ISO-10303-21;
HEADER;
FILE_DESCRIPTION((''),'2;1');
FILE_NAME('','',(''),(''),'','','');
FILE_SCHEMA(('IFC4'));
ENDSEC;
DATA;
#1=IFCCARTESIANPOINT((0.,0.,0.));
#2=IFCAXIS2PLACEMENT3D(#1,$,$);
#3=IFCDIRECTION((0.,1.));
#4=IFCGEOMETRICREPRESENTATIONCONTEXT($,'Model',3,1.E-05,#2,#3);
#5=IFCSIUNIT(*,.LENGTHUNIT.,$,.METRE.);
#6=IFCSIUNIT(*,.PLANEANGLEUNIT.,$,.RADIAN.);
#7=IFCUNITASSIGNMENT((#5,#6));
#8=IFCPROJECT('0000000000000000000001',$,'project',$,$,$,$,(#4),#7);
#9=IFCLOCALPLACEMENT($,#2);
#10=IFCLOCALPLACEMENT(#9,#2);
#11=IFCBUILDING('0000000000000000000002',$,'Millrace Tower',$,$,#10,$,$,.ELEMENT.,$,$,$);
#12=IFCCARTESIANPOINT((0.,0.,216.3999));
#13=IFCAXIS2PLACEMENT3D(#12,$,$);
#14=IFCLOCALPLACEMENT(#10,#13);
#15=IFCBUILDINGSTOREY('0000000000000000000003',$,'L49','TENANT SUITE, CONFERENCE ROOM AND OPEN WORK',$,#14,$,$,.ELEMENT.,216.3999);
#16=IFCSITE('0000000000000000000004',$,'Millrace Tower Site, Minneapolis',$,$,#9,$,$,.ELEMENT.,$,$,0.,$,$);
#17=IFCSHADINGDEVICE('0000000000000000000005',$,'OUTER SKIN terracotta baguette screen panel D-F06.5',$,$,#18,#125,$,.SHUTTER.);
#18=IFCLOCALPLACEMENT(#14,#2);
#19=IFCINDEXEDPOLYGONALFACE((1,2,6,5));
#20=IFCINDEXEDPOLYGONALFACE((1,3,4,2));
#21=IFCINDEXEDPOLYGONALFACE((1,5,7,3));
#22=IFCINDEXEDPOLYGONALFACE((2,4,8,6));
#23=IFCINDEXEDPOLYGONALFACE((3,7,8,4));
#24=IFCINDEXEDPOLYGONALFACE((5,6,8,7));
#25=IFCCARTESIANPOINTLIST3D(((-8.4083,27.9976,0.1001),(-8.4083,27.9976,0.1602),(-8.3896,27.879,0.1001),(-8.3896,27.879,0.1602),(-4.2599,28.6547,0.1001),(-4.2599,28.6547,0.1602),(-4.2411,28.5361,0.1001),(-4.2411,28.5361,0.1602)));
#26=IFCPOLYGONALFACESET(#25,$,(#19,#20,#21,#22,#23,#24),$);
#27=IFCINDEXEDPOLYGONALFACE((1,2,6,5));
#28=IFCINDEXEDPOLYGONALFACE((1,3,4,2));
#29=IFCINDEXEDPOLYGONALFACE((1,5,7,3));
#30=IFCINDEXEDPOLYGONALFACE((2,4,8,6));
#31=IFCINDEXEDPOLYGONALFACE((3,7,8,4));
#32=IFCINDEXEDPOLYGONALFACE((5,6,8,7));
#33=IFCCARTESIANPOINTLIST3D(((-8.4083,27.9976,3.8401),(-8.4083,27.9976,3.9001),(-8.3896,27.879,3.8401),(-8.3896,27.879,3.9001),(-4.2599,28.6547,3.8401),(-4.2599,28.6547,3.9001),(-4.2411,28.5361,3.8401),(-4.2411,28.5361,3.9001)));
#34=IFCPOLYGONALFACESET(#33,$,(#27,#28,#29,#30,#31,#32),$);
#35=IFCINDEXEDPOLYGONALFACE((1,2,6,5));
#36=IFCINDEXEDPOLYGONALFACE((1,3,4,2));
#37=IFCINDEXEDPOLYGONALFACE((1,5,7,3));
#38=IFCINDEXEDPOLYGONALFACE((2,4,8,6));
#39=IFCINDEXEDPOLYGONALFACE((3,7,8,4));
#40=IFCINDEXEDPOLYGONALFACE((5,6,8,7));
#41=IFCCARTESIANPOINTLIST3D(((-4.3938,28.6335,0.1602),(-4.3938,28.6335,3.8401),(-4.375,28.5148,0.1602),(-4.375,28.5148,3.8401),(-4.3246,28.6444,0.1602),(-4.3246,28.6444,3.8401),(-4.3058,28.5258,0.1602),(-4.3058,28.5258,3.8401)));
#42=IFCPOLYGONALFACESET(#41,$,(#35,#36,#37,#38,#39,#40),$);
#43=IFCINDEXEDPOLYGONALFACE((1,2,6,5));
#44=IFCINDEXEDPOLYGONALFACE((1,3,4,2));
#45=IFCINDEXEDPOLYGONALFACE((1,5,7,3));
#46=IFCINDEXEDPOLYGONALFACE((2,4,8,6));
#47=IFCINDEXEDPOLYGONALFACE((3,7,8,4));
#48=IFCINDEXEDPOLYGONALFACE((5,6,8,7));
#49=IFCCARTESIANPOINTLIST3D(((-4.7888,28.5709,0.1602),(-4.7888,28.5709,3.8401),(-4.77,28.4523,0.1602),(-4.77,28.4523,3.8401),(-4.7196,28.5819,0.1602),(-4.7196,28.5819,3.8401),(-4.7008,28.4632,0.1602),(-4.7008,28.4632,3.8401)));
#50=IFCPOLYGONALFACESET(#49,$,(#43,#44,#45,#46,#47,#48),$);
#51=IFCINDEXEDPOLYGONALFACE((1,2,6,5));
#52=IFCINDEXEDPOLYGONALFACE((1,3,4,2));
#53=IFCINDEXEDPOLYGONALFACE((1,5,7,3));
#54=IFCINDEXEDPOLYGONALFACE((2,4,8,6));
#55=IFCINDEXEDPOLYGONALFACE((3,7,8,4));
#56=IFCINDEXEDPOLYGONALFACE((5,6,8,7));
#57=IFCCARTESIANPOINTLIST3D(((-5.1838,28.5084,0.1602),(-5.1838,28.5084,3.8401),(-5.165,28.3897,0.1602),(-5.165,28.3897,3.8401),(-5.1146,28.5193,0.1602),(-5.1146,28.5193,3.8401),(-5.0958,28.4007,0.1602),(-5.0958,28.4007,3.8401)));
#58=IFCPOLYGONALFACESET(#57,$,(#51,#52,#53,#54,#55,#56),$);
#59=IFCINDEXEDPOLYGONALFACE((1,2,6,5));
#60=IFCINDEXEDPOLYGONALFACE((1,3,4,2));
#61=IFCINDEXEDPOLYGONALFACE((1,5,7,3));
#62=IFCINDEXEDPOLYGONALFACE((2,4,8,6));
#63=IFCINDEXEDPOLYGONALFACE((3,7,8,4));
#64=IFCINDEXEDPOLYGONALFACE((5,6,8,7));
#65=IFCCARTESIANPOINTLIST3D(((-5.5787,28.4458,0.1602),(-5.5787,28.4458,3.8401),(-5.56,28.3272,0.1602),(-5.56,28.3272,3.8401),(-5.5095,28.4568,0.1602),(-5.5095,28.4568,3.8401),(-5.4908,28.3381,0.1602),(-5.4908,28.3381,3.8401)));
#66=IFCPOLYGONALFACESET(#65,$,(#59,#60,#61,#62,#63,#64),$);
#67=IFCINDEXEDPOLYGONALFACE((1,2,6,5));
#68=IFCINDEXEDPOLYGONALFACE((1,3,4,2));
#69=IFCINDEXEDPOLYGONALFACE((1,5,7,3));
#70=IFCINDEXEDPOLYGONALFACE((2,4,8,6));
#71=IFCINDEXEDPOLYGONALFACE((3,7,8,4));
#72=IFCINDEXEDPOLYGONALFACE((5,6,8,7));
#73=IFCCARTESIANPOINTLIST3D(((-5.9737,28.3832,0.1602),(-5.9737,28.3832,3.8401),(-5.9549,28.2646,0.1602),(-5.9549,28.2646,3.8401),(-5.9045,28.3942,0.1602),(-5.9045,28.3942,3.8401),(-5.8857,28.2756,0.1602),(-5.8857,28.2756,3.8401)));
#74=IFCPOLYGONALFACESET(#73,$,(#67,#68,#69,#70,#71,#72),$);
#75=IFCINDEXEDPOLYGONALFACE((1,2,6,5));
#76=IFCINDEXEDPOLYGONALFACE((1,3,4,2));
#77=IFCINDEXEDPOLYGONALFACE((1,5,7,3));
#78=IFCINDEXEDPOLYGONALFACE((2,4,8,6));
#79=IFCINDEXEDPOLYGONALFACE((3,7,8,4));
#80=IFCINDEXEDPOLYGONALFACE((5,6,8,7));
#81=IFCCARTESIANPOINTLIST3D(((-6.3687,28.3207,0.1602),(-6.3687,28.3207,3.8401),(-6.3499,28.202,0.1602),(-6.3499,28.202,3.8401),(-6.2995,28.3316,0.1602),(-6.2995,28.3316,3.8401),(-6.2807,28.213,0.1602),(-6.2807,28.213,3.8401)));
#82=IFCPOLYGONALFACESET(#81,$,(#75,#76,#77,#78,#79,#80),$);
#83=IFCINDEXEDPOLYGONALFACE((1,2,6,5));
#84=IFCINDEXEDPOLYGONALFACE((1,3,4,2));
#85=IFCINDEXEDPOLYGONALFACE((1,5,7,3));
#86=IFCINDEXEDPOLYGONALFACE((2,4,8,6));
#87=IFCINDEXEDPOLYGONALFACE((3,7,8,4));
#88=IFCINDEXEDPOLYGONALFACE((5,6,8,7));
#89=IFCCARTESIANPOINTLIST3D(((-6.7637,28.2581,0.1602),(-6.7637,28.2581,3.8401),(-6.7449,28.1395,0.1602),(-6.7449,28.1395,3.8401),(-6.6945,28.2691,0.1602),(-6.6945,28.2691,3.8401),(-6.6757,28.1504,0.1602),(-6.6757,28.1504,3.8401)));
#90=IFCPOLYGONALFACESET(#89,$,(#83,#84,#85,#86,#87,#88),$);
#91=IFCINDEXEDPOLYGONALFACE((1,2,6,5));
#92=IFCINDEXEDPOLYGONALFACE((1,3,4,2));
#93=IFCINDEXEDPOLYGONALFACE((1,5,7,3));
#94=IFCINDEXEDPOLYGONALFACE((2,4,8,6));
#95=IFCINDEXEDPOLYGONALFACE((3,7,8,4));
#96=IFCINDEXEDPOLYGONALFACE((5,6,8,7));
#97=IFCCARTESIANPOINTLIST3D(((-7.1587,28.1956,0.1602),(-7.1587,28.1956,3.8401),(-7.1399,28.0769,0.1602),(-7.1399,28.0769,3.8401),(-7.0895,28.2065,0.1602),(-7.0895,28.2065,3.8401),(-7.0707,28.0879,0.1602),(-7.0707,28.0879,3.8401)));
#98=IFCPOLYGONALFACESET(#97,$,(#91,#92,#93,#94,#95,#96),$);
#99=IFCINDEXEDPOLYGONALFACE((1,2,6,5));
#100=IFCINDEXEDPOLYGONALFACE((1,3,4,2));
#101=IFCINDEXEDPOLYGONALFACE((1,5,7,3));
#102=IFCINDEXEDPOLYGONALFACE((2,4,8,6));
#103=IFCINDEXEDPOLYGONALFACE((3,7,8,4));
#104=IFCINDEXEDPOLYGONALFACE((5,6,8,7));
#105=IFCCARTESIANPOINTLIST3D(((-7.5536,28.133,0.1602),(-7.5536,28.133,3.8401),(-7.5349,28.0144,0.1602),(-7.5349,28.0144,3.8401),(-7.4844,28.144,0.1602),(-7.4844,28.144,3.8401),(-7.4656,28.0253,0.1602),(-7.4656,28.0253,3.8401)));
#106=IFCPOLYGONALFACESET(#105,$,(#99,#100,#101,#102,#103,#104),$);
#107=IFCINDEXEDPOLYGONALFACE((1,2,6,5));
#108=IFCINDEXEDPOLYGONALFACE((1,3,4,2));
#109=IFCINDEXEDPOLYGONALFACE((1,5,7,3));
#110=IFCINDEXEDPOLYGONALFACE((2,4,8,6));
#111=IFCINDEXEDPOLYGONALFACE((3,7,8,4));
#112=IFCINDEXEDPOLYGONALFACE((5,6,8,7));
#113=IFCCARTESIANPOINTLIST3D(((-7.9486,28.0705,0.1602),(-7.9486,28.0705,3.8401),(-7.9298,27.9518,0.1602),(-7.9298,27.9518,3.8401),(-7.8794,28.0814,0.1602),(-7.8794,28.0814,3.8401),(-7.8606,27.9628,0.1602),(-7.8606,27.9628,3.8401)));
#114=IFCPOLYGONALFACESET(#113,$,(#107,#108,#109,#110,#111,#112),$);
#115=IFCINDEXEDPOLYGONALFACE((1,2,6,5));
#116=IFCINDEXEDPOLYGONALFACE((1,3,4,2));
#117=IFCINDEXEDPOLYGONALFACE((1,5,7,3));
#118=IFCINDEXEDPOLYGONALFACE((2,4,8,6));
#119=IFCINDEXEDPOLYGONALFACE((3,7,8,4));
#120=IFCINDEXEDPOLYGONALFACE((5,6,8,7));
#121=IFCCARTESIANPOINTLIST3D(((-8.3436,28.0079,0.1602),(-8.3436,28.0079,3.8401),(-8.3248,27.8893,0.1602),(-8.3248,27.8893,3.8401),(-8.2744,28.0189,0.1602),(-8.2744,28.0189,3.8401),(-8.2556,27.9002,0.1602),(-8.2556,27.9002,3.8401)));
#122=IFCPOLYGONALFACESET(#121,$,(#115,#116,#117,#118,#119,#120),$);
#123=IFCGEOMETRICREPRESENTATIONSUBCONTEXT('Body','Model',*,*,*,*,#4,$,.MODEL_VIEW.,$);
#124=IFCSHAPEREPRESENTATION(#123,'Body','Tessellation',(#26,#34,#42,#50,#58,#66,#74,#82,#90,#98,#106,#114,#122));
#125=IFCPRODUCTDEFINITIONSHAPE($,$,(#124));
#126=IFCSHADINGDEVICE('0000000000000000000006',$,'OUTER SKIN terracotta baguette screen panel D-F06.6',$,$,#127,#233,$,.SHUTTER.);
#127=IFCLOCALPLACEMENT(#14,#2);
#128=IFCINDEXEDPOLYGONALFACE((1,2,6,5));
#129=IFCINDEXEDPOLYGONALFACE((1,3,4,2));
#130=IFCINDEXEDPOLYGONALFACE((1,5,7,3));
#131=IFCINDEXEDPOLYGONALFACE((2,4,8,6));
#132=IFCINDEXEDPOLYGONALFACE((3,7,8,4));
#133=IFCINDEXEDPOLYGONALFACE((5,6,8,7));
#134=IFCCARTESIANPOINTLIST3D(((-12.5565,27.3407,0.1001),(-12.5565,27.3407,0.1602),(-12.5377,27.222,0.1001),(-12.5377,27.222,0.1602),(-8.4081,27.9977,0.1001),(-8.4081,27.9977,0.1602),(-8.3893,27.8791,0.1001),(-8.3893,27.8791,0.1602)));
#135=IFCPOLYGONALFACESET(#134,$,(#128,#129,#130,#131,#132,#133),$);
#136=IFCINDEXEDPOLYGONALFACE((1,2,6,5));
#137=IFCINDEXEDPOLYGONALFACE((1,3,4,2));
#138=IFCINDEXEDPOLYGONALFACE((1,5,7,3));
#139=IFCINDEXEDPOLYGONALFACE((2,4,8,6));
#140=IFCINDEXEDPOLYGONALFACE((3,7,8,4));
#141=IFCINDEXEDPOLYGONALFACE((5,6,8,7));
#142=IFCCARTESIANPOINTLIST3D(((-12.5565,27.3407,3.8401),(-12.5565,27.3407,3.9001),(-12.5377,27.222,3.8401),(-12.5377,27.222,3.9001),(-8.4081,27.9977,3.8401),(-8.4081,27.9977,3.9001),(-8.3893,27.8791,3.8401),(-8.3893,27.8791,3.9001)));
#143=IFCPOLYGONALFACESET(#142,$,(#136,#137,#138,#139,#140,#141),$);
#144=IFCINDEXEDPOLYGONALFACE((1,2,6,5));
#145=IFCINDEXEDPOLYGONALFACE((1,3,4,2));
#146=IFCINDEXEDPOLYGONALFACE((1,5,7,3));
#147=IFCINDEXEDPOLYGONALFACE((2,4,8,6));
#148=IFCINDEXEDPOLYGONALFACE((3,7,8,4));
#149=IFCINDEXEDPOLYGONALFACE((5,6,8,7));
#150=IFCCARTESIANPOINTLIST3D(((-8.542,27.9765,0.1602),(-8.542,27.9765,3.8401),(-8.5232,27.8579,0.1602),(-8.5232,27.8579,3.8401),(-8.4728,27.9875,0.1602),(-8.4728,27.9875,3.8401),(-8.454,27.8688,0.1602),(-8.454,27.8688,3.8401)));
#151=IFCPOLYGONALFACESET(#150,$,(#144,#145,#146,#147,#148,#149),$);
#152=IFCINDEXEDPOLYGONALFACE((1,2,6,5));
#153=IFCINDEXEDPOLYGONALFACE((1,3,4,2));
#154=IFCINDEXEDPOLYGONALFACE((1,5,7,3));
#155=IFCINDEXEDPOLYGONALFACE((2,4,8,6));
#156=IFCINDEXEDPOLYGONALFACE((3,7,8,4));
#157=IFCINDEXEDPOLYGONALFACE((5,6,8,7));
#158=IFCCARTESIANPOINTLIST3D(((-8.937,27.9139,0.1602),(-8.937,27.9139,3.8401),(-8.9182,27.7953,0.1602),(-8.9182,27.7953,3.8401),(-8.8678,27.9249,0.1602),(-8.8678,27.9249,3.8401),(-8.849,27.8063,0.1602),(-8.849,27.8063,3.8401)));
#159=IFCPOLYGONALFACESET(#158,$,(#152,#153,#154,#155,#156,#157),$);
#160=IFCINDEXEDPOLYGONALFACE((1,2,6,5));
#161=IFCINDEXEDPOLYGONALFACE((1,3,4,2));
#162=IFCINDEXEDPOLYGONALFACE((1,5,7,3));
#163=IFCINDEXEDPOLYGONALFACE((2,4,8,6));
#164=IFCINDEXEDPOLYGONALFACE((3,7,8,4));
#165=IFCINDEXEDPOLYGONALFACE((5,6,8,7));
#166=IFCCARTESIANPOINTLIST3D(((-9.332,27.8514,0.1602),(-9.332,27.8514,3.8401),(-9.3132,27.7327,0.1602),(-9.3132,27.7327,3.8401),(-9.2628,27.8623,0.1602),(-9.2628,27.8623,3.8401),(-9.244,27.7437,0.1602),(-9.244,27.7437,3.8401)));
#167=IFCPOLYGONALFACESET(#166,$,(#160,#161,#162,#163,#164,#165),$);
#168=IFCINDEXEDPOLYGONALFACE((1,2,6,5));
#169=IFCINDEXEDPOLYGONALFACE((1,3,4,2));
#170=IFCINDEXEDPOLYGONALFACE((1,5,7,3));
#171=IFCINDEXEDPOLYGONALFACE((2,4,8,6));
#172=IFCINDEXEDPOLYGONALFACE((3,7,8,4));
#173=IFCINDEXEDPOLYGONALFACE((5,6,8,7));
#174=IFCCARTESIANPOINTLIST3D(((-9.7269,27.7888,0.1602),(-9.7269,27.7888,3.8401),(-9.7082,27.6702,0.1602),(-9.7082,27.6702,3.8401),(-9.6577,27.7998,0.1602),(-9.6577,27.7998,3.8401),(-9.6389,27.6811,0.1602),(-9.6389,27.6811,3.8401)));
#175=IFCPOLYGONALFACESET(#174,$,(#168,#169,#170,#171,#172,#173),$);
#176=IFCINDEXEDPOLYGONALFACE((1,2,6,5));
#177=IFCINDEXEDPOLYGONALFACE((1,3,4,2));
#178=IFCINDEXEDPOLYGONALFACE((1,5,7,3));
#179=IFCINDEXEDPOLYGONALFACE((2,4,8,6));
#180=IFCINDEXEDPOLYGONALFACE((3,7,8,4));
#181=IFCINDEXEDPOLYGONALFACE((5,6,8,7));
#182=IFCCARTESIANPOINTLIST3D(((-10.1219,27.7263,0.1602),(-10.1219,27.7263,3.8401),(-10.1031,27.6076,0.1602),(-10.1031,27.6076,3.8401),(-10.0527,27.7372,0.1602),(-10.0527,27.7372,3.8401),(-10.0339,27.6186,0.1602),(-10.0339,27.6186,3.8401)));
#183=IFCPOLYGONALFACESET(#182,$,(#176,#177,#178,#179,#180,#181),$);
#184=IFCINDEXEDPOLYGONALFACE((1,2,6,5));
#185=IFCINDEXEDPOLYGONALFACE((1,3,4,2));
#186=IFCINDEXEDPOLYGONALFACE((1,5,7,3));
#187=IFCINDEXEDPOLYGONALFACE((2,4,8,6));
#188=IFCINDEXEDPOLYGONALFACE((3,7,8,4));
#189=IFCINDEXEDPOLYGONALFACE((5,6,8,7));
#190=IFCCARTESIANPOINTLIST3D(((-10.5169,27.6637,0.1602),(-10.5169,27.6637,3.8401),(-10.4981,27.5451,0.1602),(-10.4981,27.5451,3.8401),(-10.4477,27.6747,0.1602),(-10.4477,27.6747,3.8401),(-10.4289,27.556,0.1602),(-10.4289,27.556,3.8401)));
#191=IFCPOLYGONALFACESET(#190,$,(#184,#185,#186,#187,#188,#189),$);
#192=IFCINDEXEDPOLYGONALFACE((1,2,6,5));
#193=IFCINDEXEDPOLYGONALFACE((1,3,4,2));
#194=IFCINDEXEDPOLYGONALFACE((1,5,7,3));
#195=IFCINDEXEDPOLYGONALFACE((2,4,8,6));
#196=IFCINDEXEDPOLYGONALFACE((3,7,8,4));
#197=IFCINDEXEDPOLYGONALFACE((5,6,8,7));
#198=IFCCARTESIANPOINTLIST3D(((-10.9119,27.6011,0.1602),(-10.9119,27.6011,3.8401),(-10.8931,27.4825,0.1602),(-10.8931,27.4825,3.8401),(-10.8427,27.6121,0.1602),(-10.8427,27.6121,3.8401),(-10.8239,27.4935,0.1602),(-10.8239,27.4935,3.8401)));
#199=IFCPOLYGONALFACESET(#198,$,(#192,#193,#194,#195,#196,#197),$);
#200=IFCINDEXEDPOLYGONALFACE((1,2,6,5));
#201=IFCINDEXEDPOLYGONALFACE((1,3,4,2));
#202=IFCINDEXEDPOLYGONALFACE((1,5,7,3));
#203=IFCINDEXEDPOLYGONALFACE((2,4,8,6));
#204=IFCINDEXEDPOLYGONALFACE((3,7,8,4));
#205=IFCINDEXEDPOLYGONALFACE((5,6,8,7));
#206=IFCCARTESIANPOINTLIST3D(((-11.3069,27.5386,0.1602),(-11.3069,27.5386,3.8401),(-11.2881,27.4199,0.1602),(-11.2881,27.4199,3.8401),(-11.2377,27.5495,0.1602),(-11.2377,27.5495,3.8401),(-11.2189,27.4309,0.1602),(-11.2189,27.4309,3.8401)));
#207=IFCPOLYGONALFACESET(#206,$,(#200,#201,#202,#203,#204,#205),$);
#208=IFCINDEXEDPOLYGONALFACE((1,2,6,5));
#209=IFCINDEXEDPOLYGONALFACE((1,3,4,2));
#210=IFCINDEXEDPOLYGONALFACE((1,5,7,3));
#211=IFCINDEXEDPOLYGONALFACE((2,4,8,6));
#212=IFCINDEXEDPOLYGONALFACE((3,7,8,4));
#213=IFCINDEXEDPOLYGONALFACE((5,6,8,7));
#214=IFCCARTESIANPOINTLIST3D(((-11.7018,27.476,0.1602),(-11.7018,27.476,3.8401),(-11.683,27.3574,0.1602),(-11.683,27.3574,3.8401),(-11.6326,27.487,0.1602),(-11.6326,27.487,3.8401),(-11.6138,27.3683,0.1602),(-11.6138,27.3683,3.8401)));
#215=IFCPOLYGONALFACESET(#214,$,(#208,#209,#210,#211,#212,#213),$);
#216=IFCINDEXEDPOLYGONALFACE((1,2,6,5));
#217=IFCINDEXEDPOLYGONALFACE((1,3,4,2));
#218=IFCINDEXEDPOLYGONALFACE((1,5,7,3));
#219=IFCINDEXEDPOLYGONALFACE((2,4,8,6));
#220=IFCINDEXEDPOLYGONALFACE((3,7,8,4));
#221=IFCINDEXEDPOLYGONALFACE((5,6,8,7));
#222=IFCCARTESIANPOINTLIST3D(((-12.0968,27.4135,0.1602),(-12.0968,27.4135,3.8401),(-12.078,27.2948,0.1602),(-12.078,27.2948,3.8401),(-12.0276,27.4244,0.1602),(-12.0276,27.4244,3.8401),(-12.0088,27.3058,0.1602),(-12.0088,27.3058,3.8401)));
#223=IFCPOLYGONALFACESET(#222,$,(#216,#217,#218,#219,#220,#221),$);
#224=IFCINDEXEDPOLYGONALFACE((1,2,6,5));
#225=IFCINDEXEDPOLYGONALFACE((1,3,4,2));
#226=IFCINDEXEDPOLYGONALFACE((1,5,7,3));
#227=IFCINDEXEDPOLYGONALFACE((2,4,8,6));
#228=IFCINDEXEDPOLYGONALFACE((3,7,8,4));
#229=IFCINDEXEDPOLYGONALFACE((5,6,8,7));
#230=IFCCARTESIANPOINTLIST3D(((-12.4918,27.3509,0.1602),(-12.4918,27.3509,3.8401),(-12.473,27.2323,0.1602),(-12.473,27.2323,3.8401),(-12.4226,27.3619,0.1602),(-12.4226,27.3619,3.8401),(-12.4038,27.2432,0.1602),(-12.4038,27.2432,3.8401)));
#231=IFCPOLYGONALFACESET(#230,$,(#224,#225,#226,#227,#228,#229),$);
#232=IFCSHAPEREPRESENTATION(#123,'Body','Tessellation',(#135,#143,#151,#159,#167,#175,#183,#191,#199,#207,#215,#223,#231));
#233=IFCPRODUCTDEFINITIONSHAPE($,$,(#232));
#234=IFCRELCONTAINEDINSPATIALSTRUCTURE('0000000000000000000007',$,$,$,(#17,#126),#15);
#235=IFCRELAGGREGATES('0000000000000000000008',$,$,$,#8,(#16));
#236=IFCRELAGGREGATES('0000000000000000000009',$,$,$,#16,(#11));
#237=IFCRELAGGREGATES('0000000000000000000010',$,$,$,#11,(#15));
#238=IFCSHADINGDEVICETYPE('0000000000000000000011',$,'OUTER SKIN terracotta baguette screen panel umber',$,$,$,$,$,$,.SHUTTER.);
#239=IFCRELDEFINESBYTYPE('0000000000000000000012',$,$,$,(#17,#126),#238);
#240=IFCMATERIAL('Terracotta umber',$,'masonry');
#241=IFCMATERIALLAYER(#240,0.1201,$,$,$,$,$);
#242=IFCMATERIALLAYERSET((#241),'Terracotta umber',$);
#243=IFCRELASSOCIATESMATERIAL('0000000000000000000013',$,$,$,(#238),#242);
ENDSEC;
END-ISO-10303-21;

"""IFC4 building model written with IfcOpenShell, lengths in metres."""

from ifc_helpers import new_model, entity, si_unit, direction, frame, frame_2d, origin, origin_2d, place, context, subcontext, project, spatial, rectangle, extrude, source, transform, mapped, material, layer, layer_set, type_object, element, save


model = new_model("IFC4")

# Units and contexts
model_context = context("Model", 3, precision=1e-05, world=origin(), true_north=direction((0.0, 1.0)))
body_context = subcontext(model_context, "Body", "Model", "MODEL_VIEW")
ifc_project = project(units=[si_unit("LENGTHUNIT", "METRE"), si_unit("PLANEANGLEUNIT", "RADIAN")], contexts=[model_context])

# Site, building, storey
site_placement = place(None, origin())
site = spatial("IfcSite", under=ifc_project, at=site_placement, Name="Millrace Tower Site, Minneapolis", CompositionType="ELEMENT", RefElevation=0.0)
building_placement = place(site_placement, origin())
building = spatial("IfcBuilding", under=site, at=building_placement, Name="Millrace Tower", CompositionType="ELEMENT")
storey_placement = place(building_placement, frame((0.0, 0.0, 216.3999)))
storey = spatial("IfcBuildingStorey", under=building, at=storey_placement, Name="L49", Description="TENANT SUITE, CONFERENCE ROOM AND OPEN WORK", CompositionType="ELEMENT", Elevation=216.3999)

# Shading devices
ifc_material_1 = material(Name="Terracotta umber", Category="masonry")
ifc_layer_1 = layer(ifc_material_1, 0.1201)
ifc_layer_set_1 = layer_set([ifc_layer_1], Name="Terracotta umber")
shading_device_type = type_object("IfcShadingDeviceType", Name="OUTER SKIN terracotta baguette screen panel umber", PredefinedType="SHUTTER", material=ifc_layer_set_1)
cartesian_point = entity("IfcCartesianPoint", [-2.1001, 0.0601])
shared_polyline = entity("IfcPolyline", [cartesian_point, entity("IfcCartesianPoint", [2.1001, 0.0601]), entity("IfcCartesianPoint", [2.1001, -0.0601]), entity("IfcCartesianPoint", [-2.1001, -0.0601]), cartesian_point])
shared_shape = source(origin(), body_context, "Body", "SweptSolid", [
    entity("IfcExtrudedAreaSolid", entity("IfcArbitraryClosedProfileDef", "AREA", None, shared_polyline), entity("IfcAxis2Placement3D", entity("IfcCartesianPoint", [0.0, 0.0, 0.0])), entity("IfcDirection", [0.0, 0.0, 1.0]), 0.0601),
    entity("IfcExtrudedAreaSolid", entity("IfcArbitraryClosedProfileDef", "AREA", None, shared_polyline), entity("IfcAxis2Placement3D", entity("IfcCartesianPoint", [0.0, 0.0, 3.74])), entity("IfcDirection", [0.0, 0.0, 1.0]), 0.0601),
    extrude(rectangle(XDim=0.0701, YDim=0.1201, at=frame_2d((-1.9995, 0.0))), frame((0.0, 0.0, 0.0601)), (0.0, 0.0, 1.0), 3.6799),
    extrude(rectangle(XDim=0.0701, YDim=0.1201, at=frame_2d((-1.5996, 0.0))), frame((0.0, 0.0, 0.0601)), (0.0, 0.0, 1.0), 3.6799),
    extrude(rectangle(XDim=0.0701, YDim=0.1201, at=frame_2d((-1.1997, 0.0))), frame((0.0, 0.0, 0.0601)), (0.0, 0.0, 1.0), 3.6799),
    extrude(rectangle(XDim=0.0701, YDim=0.1201, at=frame_2d((-0.7998, 0.0))), frame((0.0, 0.0, 0.0601)), (0.0, 0.0, 1.0), 3.6799),
    extrude(rectangle(XDim=0.0701, YDim=0.1201, at=frame_2d((-0.3999, 0.0))), frame((0.0, 0.0, 0.0601)), (0.0, 0.0, 1.0), 3.6799),
    extrude(rectangle(XDim=0.0701, YDim=0.1201, at=origin_2d()), frame((0.0, 0.0, 0.0601)), (0.0, 0.0, 1.0), 3.6799),
    extrude(rectangle(XDim=0.0701, YDim=0.1201, at=frame_2d((0.3999, 0.0))), frame((0.0, 0.0, 0.0601)), (0.0, 0.0, 1.0), 3.6799),
    extrude(rectangle(XDim=0.0701, YDim=0.1201, at=frame_2d((0.7998, 0.0))), frame((0.0, 0.0, 0.0601)), (0.0, 0.0, 1.0), 3.6799),
    extrude(rectangle(XDim=0.0701, YDim=0.1201, at=frame_2d((1.1997, 0.0))), frame((0.0, 0.0, 0.0601)), (0.0, 0.0, 1.0), 3.6799),
    extrude(rectangle(XDim=0.0701, YDim=0.1201, at=frame_2d((1.5996, 0.0))), frame((0.0, 0.0, 0.0601)), (0.0, 0.0, 1.0), 3.6799),
    extrude(rectangle(XDim=0.0701, YDim=0.1201, at=frame_2d((1.9995, 0.0))), frame((0.0, 0.0, 0.0601)), (0.0, 0.0, 1.0), 3.6799),
])
for number, where, z_axis, x_axis, name in (
    (1, (-6.3247, 28.2668, 0.1001), (0.0, 0.0, 1.0), (-0.987688, -0.156434, 0.0), "OUTER SKIN terracotta baguette screen panel D-F06.5"),
    (2, (-10.4729, 27.6099, 0.1001), (0.0, 0.0, 1.0), (-0.987688, -0.156434, 0.0), "OUTER SKIN terracotta baguette screen panel D-F06.6"),
):
    element("IfcShadingDevice", number, at=place(storey_placement, frame(where, z_axis=z_axis, x_axis=x_axis)), inside=storey, type_object=shading_device_type, Name=name, PredefinedType="SHUTTER", context=body_context, shape_type="MappedRepresentation", body=[
        mapped(shared_shape, transform((0.0, 0.0, 0.0), scale=1.0)),
    ])

save(model, "model.ifc")
